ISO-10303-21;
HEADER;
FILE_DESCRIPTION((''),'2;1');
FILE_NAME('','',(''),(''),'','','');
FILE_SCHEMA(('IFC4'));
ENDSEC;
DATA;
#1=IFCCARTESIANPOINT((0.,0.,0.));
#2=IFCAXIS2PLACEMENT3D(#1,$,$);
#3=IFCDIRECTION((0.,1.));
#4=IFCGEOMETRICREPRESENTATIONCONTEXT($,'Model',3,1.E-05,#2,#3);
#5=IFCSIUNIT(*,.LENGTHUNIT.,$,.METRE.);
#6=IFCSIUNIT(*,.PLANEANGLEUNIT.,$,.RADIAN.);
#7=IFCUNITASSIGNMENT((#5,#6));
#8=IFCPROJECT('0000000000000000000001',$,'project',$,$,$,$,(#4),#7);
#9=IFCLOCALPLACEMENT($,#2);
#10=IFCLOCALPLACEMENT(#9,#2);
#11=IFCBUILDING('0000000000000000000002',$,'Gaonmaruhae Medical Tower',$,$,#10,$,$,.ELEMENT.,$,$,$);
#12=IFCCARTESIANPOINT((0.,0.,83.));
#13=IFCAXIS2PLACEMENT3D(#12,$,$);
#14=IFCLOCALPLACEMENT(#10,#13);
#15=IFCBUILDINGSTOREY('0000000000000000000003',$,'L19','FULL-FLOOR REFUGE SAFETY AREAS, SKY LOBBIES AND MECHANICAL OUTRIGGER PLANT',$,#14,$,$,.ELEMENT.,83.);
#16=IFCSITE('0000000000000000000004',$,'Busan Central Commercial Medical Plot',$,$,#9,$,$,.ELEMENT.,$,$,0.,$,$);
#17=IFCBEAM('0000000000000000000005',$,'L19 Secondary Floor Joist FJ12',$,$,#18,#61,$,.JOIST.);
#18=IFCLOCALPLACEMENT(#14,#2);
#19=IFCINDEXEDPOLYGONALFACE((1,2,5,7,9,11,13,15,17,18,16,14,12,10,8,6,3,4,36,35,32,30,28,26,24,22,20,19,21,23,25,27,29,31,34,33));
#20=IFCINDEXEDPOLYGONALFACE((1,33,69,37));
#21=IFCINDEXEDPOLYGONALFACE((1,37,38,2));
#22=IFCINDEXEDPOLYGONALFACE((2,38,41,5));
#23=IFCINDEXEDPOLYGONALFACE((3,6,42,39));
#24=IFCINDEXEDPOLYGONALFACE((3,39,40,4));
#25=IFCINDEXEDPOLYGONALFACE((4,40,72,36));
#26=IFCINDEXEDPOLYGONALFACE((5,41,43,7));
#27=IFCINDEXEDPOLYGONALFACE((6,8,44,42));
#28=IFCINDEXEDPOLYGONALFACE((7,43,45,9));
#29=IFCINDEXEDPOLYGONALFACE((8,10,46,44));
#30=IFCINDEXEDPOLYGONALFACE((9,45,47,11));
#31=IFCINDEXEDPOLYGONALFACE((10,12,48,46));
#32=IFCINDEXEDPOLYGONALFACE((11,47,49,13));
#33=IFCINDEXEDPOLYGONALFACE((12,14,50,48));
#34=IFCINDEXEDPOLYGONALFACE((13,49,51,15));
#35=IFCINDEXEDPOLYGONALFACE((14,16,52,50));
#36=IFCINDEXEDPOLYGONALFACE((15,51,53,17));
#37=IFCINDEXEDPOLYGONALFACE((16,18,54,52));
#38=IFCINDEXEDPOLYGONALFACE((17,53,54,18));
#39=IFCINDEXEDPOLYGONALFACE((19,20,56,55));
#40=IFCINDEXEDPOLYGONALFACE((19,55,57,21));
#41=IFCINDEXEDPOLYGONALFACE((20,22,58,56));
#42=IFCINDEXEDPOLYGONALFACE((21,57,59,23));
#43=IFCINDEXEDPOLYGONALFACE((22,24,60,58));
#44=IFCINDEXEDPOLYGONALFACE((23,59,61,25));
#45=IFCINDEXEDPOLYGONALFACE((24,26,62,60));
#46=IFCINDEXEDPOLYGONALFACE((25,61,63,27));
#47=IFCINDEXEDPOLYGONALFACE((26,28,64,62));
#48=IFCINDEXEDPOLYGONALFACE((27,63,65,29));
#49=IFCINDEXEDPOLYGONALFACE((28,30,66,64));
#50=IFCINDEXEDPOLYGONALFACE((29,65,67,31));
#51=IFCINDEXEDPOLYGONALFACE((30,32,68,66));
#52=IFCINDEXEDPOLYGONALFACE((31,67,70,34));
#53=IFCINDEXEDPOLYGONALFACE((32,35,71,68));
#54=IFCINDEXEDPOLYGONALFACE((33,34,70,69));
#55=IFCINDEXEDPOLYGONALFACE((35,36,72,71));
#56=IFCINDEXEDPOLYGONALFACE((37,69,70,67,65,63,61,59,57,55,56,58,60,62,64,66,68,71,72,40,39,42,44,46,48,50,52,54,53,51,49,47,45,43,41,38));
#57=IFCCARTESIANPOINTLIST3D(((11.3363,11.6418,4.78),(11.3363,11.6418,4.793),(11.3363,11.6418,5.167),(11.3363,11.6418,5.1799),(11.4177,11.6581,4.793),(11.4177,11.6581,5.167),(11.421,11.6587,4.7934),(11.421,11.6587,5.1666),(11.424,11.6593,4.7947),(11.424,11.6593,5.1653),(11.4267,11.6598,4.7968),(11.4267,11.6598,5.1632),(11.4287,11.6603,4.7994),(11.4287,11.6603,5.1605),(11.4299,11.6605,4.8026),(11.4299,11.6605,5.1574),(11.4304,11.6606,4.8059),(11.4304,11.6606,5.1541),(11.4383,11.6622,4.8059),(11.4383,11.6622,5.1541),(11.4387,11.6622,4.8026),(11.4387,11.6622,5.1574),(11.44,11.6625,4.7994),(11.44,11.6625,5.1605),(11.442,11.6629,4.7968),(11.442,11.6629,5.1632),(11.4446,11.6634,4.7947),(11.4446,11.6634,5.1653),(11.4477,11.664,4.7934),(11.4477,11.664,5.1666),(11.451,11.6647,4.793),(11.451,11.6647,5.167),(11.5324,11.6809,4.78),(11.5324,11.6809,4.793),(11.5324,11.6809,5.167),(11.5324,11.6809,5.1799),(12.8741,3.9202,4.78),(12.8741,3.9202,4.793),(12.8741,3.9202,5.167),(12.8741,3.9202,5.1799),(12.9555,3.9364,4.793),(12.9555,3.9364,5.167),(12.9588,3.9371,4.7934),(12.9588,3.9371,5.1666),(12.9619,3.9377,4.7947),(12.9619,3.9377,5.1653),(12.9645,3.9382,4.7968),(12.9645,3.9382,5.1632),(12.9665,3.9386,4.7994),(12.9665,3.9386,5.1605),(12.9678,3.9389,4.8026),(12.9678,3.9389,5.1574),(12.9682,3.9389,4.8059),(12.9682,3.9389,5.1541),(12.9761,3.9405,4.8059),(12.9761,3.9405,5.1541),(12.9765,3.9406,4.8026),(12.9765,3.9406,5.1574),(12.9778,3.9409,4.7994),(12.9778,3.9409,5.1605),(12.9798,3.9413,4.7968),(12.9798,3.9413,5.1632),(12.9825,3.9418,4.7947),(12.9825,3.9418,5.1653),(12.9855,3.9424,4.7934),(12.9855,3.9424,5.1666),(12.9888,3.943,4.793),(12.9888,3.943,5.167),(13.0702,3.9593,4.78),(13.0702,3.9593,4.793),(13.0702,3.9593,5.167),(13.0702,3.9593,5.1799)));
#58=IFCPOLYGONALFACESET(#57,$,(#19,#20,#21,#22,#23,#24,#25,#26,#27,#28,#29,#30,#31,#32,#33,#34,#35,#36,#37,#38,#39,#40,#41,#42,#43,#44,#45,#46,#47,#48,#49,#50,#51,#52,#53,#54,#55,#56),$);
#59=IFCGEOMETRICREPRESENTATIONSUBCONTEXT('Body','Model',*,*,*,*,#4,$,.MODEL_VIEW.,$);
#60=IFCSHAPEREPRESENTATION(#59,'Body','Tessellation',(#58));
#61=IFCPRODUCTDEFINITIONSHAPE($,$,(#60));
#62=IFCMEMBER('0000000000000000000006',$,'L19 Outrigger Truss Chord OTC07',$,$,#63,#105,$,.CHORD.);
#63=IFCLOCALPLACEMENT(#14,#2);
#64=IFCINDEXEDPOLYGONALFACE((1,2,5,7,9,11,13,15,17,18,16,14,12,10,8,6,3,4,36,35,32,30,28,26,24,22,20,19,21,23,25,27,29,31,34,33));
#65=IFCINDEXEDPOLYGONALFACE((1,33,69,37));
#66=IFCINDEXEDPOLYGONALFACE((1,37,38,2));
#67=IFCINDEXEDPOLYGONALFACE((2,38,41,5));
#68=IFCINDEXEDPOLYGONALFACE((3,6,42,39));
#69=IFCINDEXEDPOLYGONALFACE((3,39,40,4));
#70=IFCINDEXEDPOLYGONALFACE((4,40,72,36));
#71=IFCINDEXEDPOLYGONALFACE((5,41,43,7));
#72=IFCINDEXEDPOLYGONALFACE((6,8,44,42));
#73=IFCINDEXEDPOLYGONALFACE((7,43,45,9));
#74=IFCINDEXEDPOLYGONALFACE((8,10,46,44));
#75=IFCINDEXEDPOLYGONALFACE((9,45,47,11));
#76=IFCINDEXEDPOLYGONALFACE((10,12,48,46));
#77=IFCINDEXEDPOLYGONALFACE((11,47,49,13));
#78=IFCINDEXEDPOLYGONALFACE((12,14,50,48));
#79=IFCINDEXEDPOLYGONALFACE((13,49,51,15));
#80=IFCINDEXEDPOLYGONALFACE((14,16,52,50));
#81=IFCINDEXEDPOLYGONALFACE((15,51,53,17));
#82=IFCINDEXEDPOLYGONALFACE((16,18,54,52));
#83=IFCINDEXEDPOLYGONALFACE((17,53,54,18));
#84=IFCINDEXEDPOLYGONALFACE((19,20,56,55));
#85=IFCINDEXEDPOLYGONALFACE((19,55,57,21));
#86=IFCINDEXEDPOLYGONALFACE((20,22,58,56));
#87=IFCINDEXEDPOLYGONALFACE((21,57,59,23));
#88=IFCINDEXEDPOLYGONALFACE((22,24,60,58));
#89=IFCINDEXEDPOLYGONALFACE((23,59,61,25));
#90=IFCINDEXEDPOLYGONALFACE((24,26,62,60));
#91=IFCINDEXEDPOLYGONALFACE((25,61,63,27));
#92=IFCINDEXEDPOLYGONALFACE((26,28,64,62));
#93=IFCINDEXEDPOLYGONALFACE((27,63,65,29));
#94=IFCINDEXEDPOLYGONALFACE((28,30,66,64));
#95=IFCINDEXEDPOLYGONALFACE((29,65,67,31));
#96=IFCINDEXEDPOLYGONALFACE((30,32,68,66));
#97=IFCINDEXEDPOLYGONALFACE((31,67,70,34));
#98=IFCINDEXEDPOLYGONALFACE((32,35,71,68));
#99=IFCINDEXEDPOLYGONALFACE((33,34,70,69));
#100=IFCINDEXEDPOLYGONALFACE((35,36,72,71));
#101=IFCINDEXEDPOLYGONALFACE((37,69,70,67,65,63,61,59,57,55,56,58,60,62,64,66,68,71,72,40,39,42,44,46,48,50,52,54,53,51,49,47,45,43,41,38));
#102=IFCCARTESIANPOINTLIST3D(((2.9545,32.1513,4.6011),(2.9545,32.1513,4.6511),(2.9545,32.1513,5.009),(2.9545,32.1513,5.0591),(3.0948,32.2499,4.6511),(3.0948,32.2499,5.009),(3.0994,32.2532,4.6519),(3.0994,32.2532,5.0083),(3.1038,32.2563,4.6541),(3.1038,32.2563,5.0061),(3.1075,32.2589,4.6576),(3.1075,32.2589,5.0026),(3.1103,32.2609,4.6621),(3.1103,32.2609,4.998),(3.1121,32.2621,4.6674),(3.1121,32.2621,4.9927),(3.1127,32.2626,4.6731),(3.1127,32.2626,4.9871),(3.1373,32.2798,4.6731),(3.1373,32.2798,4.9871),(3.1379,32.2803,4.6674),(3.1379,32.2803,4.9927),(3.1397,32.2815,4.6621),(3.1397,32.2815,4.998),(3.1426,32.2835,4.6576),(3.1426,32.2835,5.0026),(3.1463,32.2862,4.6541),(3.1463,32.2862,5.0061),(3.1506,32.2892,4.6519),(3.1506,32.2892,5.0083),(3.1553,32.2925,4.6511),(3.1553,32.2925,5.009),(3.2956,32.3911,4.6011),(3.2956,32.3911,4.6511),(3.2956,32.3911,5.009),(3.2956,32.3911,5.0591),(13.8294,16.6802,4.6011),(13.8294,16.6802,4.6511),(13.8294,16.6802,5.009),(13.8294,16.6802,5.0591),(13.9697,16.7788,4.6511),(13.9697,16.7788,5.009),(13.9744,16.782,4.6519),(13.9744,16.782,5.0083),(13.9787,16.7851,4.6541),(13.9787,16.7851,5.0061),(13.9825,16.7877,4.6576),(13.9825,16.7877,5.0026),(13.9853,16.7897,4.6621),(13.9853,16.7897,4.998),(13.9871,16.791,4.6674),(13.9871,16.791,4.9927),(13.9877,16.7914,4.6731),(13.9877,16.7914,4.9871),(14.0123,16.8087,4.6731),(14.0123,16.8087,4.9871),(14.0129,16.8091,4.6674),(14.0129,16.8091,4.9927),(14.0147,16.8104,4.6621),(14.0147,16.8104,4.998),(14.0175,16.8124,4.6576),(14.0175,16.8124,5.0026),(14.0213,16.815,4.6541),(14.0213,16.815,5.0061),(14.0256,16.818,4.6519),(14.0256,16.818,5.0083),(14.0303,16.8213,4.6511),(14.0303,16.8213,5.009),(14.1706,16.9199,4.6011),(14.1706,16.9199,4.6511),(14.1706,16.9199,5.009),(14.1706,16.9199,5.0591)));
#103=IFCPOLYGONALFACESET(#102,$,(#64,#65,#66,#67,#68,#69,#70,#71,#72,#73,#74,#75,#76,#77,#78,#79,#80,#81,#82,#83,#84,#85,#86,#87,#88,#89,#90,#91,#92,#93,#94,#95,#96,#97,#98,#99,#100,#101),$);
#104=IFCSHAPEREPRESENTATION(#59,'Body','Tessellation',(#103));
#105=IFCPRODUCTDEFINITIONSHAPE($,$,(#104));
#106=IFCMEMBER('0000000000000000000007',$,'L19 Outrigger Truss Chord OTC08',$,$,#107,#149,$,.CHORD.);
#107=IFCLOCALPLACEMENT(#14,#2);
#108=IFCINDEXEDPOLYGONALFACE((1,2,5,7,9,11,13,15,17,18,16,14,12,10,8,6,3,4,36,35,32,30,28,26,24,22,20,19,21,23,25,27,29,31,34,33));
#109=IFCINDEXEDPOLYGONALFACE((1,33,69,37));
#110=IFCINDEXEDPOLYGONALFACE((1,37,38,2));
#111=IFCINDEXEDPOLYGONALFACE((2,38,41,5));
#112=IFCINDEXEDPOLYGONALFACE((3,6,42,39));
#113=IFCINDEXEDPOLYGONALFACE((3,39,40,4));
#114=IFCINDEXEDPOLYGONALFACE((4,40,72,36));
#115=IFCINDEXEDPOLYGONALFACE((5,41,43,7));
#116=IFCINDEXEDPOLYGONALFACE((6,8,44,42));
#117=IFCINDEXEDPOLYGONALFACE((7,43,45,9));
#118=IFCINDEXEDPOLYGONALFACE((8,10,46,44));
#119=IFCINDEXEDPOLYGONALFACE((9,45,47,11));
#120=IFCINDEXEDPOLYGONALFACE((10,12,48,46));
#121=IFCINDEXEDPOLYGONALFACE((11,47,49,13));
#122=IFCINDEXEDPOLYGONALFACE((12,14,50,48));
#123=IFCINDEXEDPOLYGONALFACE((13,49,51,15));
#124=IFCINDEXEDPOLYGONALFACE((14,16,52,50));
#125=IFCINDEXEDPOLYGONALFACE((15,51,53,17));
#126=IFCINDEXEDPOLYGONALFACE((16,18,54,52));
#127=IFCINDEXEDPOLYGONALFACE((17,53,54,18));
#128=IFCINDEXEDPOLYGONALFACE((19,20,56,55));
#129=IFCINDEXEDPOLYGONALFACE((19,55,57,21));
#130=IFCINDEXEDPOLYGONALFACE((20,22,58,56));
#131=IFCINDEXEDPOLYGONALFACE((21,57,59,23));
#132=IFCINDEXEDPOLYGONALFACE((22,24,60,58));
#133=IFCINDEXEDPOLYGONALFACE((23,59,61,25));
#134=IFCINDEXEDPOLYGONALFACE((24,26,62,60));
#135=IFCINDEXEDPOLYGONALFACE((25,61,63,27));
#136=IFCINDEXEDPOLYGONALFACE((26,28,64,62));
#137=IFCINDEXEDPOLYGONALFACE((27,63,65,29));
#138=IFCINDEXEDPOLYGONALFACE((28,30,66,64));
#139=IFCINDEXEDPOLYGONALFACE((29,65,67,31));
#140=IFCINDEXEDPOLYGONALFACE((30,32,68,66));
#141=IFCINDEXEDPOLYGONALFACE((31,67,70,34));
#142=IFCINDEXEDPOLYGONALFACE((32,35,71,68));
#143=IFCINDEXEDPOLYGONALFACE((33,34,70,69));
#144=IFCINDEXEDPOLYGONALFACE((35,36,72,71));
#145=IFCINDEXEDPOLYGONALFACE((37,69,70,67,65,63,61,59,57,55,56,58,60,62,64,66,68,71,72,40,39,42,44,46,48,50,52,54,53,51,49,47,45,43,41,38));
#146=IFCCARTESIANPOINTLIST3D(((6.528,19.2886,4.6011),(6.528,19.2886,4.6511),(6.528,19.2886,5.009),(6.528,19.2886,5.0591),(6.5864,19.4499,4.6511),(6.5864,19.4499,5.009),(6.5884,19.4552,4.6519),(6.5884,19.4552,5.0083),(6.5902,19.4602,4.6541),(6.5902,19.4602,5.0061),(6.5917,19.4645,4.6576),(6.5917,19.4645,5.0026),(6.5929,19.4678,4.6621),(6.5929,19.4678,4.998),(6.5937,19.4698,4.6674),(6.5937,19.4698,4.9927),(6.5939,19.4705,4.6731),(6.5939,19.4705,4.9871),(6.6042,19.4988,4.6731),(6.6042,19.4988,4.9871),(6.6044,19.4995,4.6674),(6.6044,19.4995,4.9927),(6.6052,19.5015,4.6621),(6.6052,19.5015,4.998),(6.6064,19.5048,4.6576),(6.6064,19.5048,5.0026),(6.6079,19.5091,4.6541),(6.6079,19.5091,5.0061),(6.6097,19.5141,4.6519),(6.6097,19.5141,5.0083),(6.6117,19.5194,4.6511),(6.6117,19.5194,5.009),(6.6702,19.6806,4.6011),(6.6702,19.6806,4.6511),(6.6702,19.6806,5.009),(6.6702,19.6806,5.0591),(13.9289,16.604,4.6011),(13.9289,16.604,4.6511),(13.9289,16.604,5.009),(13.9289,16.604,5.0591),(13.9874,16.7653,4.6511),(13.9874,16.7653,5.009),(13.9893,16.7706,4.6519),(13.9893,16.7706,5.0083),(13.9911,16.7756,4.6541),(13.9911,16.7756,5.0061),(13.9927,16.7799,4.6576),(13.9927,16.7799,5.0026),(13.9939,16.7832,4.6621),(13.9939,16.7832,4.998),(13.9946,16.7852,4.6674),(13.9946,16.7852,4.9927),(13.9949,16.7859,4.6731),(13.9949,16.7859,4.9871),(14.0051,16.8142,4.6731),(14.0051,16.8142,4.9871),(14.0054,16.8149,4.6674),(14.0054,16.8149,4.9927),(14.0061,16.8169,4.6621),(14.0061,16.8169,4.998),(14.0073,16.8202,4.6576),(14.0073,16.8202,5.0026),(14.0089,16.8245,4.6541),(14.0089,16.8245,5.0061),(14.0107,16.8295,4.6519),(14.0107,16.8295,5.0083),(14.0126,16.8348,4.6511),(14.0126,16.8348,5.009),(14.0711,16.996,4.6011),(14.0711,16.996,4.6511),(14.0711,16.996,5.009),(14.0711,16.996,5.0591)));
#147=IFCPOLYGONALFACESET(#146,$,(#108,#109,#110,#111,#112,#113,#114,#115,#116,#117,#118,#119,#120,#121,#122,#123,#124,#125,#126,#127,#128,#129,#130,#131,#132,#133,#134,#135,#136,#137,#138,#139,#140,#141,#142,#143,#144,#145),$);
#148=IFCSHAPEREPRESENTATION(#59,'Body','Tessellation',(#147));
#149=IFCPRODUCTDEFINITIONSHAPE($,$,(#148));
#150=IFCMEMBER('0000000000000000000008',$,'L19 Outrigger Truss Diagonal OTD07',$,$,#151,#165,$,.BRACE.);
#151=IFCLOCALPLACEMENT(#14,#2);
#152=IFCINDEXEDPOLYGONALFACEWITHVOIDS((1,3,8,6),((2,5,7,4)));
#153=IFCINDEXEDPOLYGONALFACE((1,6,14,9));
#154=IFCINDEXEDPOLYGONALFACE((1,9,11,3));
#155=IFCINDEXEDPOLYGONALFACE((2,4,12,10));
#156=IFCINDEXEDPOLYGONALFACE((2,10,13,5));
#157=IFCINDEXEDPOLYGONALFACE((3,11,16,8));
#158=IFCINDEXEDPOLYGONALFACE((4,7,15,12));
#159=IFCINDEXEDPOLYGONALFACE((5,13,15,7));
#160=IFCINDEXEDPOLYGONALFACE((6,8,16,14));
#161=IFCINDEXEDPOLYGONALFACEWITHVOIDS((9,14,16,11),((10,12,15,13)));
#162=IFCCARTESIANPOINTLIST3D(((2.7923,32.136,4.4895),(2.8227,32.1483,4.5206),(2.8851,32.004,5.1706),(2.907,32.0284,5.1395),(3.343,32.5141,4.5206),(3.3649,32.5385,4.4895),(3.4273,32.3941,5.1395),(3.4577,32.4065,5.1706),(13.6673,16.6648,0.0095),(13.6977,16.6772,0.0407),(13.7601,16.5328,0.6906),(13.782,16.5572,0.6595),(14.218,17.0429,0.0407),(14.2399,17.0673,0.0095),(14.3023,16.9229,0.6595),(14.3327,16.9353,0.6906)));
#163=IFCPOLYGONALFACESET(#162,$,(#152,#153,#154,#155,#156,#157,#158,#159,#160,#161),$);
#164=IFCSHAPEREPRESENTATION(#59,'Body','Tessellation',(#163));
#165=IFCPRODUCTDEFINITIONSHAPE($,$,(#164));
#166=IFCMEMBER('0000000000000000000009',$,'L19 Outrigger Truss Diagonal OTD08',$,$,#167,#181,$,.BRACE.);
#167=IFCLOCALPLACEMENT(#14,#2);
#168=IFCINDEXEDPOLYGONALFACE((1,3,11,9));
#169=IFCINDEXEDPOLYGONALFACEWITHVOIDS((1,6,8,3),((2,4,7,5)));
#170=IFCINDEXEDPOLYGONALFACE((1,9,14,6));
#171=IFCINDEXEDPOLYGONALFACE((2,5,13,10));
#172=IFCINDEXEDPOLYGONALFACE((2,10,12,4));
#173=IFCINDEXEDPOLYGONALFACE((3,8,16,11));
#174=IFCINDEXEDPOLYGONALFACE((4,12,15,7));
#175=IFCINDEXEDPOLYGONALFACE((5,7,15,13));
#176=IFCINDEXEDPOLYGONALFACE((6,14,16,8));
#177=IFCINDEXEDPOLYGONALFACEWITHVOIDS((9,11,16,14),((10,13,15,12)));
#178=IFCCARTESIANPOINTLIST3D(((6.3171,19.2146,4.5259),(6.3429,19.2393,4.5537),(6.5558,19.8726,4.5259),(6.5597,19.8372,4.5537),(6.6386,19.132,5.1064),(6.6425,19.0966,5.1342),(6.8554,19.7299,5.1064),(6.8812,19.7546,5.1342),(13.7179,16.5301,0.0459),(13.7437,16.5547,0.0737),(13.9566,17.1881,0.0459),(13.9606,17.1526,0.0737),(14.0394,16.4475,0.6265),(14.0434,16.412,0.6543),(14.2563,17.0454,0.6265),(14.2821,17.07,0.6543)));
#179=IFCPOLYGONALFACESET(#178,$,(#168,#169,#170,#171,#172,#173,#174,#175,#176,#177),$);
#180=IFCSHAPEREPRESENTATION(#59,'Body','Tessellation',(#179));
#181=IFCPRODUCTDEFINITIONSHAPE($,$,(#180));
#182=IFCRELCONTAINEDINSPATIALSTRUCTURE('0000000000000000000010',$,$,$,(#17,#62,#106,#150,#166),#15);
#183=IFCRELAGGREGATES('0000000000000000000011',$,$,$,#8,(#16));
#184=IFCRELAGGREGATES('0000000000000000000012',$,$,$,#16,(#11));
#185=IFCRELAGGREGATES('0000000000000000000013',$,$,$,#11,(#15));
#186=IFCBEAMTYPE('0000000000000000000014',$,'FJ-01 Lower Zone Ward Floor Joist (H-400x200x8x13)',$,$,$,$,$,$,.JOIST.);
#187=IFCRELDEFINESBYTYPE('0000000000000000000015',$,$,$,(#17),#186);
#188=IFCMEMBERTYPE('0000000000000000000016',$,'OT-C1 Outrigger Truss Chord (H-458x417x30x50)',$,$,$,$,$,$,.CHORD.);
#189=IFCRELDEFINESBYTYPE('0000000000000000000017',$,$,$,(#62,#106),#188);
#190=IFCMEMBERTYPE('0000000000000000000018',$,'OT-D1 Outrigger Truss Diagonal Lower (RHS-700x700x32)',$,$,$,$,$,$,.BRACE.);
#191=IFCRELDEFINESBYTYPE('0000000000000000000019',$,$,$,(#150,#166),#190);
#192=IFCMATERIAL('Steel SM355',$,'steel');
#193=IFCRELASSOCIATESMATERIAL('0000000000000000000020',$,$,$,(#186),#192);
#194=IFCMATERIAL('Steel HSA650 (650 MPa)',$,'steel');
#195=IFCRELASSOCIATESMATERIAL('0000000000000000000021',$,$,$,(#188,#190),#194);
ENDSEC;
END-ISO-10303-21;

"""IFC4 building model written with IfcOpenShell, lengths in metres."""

from ifc_helpers import new_model, si_unit, direction, frame, origin, origin_2d, place, context, subcontext, project, spatial, hollow_rectangle, i_section, extrude, material, material_profile, profile_set, type_object, element, save


model = new_model("IFC4")

# Units and contexts
model_context = context("Model", 3, precision=1e-05, world=origin(), true_north=direction((0.0, 1.0)))
body_context = subcontext(model_context, "Body", "Model", "MODEL_VIEW")
ifc_project = project(units=[si_unit("LENGTHUNIT", "METRE"), si_unit("PLANEANGLEUNIT", "RADIAN")], contexts=[model_context])

# Site, building, storey
site_placement = place(None, origin())
site = spatial("IfcSite", under=ifc_project, at=site_placement, Name="Busan Central Commercial Medical Plot", CompositionType="ELEMENT", RefElevation=0.0)
building_placement = place(site_placement, origin())
building = spatial("IfcBuilding", under=site, at=building_placement, Name="Gaonmaruhae Medical Tower", CompositionType="ELEMENT")
storey_placement = place(building_placement, frame((0.0, 0.0, 83.0)))
storey = spatial("IfcBuildingStorey", under=building, at=storey_placement, Name="L19", Description="FULL-FLOOR REFUGE SAFETY AREAS, SKY LOBBIES AND MECHANICAL OUTRIGGER PLANT", CompositionType="ELEMENT", Elevation=83.0)

# Shared definitions
ifc_material_1 = material(Name="Steel HSA650 (650 MPa)", Category="steel")

# Beam
ifc_material_2 = material(Name="Steel SM355", Category="steel")
ifc_material_profile_1 = material_profile(ifc_material_2, i_section(OverallWidth=0.2, OverallDepth=0.3999, WebThickness=0.0081, FlangeThickness=0.0129, FilletRadius=0.0129, at=origin_2d()), Name="H-400x200x8x13")
ifc_profile_set_1 = profile_set([ifc_material_profile_1], Name="Steel SM355")
beam_type_1 = type_object("IfcBeamType", Name="FJ-01 Lower Zone Ward Floor Joist (H-400x200x8x13)", PredefinedType="JOIST", material=ifc_profile_set_1)
beam_1_placement = place(storey_placement, frame((11.4343, 11.6614, 4.98), z_axis=(0.195323, -0.980739, 0.0), x_axis=(0.980739, 0.195323, 0.0)))
element("IfcBeam", 1, at=beam_1_placement, inside=storey, type_object=beam_type_1, Name="L19 Secondary Floor Joist FJ12", PredefinedType="JOIST", context=body_context, shape_type="SweptSolid", body=[
    extrude(i_section(OverallWidth=0.2, OverallDepth=0.3999, WebThickness=0.0081, FlangeThickness=0.0129, FilletRadius=0.0129, at=origin_2d()), origin(), (0.0, 0.0, 1.0), 7.8733),
])

# Members
ifc_material_profile_2 = material_profile(ifc_material_1, i_section(OverallWidth=0.417, OverallDepth=0.458, WebThickness=0.03, FlangeThickness=0.05, FilletRadius=0.022, at=origin_2d()), Name="H-458x417x30x50")
ifc_profile_set_2 = profile_set([ifc_material_profile_2], Name="Steel HSA650 (650 MPa)")
member_type_1 = type_object("IfcMemberType", Name="OT-C1 Outrigger Truss Chord (H-458x417x30x50)", PredefinedType="CHORD", material=ifc_profile_set_2)
member_1_placement = place(storey_placement, frame((14.0, 16.8, 4.8301), z_axis=(-0.575064, 0.818108, 0.0), x_axis=(-0.818108, -0.575064, 0.0)))
element("IfcMember", 2, at=member_1_placement, inside=storey, type_object=member_type_1, Name="L19 Outrigger Truss Chord OTC07", PredefinedType="CHORD", context=body_context, shape_type="SweptSolid", body=[
    extrude(i_section(OverallWidth=0.417, OverallDepth=0.458, WebThickness=0.03, FlangeThickness=0.05, FilletRadius=0.022, at=origin_2d()), origin(), (0.0, 0.0, 1.0), 18.9109),
])
member_2_placement = place(storey_placement, frame((14.0, 16.8, 4.8301), z_axis=(-0.940065, 0.340996, 0.0), x_axis=(-0.340996, -0.940065, 0.0)))
element("IfcMember", 3, at=member_2_placement, inside=storey, type_object=member_type_1, Name="L19 Outrigger Truss Chord OTC08", PredefinedType="CHORD", context=body_context, shape_type="SweptSolid", body=[
    extrude(i_section(OverallWidth=0.417, OverallDepth=0.458, WebThickness=0.03, FlangeThickness=0.05, FilletRadius=0.022, at=origin_2d()), origin(), (0.0, 0.0, 1.0), 7.8728),
])
ifc_material_profile_3 = material_profile(ifc_material_1, hollow_rectangle(XDim=0.7, YDim=0.7, WallThickness=0.032, at=origin_2d()), Name="RHS-700x700x32")
ifc_profile_set_3 = profile_set([ifc_material_profile_3], Name="Steel HSA650 (650 MPa)")
member_type_2 = type_object("IfcMemberType", Name="OT-D1 Outrigger Truss Diagonal Lower (RHS-700x700x32)", PredefinedType="BRACE", material=ifc_profile_set_3)
member_3_placement = place(storey_placement, frame((14.0, 16.8, 0.3501), z_axis=(-0.559576, 0.796075, 0.230519), x_axis=(-0.818108, -0.575064, 0.0)))
element("IfcMember", 4, at=member_3_placement, inside=storey, type_object=member_type_2, Name="L19 Outrigger Truss Diagonal OTD07", PredefinedType="BRACE", context=body_context, shape_type="SweptSolid", body=[
    extrude(hollow_rectangle(XDim=0.7, YDim=0.7, WallThickness=0.032, at=origin_2d()), origin(), (0.0, 0.0, 1.0), 19.4343),
])
member_4_placement = place(storey_placement, frame((14.0, 16.8, 0.3501), z_axis=(-0.817041, 0.296371, 0.49458), x_axis=(-0.340996, -0.940065, 0.0)))
element("IfcMember", 5, at=member_4_placement, inside=storey, type_object=member_type_2, Name="L19 Outrigger Truss Diagonal OTD08", PredefinedType="BRACE", context=body_context, shape_type="SweptSolid", body=[
    extrude(hollow_rectangle(XDim=0.7, YDim=0.7, WallThickness=0.032, at=origin_2d()), origin(), (0.0, 0.0, 1.0), 9.0581),
])

save(model, "model.ifc")
